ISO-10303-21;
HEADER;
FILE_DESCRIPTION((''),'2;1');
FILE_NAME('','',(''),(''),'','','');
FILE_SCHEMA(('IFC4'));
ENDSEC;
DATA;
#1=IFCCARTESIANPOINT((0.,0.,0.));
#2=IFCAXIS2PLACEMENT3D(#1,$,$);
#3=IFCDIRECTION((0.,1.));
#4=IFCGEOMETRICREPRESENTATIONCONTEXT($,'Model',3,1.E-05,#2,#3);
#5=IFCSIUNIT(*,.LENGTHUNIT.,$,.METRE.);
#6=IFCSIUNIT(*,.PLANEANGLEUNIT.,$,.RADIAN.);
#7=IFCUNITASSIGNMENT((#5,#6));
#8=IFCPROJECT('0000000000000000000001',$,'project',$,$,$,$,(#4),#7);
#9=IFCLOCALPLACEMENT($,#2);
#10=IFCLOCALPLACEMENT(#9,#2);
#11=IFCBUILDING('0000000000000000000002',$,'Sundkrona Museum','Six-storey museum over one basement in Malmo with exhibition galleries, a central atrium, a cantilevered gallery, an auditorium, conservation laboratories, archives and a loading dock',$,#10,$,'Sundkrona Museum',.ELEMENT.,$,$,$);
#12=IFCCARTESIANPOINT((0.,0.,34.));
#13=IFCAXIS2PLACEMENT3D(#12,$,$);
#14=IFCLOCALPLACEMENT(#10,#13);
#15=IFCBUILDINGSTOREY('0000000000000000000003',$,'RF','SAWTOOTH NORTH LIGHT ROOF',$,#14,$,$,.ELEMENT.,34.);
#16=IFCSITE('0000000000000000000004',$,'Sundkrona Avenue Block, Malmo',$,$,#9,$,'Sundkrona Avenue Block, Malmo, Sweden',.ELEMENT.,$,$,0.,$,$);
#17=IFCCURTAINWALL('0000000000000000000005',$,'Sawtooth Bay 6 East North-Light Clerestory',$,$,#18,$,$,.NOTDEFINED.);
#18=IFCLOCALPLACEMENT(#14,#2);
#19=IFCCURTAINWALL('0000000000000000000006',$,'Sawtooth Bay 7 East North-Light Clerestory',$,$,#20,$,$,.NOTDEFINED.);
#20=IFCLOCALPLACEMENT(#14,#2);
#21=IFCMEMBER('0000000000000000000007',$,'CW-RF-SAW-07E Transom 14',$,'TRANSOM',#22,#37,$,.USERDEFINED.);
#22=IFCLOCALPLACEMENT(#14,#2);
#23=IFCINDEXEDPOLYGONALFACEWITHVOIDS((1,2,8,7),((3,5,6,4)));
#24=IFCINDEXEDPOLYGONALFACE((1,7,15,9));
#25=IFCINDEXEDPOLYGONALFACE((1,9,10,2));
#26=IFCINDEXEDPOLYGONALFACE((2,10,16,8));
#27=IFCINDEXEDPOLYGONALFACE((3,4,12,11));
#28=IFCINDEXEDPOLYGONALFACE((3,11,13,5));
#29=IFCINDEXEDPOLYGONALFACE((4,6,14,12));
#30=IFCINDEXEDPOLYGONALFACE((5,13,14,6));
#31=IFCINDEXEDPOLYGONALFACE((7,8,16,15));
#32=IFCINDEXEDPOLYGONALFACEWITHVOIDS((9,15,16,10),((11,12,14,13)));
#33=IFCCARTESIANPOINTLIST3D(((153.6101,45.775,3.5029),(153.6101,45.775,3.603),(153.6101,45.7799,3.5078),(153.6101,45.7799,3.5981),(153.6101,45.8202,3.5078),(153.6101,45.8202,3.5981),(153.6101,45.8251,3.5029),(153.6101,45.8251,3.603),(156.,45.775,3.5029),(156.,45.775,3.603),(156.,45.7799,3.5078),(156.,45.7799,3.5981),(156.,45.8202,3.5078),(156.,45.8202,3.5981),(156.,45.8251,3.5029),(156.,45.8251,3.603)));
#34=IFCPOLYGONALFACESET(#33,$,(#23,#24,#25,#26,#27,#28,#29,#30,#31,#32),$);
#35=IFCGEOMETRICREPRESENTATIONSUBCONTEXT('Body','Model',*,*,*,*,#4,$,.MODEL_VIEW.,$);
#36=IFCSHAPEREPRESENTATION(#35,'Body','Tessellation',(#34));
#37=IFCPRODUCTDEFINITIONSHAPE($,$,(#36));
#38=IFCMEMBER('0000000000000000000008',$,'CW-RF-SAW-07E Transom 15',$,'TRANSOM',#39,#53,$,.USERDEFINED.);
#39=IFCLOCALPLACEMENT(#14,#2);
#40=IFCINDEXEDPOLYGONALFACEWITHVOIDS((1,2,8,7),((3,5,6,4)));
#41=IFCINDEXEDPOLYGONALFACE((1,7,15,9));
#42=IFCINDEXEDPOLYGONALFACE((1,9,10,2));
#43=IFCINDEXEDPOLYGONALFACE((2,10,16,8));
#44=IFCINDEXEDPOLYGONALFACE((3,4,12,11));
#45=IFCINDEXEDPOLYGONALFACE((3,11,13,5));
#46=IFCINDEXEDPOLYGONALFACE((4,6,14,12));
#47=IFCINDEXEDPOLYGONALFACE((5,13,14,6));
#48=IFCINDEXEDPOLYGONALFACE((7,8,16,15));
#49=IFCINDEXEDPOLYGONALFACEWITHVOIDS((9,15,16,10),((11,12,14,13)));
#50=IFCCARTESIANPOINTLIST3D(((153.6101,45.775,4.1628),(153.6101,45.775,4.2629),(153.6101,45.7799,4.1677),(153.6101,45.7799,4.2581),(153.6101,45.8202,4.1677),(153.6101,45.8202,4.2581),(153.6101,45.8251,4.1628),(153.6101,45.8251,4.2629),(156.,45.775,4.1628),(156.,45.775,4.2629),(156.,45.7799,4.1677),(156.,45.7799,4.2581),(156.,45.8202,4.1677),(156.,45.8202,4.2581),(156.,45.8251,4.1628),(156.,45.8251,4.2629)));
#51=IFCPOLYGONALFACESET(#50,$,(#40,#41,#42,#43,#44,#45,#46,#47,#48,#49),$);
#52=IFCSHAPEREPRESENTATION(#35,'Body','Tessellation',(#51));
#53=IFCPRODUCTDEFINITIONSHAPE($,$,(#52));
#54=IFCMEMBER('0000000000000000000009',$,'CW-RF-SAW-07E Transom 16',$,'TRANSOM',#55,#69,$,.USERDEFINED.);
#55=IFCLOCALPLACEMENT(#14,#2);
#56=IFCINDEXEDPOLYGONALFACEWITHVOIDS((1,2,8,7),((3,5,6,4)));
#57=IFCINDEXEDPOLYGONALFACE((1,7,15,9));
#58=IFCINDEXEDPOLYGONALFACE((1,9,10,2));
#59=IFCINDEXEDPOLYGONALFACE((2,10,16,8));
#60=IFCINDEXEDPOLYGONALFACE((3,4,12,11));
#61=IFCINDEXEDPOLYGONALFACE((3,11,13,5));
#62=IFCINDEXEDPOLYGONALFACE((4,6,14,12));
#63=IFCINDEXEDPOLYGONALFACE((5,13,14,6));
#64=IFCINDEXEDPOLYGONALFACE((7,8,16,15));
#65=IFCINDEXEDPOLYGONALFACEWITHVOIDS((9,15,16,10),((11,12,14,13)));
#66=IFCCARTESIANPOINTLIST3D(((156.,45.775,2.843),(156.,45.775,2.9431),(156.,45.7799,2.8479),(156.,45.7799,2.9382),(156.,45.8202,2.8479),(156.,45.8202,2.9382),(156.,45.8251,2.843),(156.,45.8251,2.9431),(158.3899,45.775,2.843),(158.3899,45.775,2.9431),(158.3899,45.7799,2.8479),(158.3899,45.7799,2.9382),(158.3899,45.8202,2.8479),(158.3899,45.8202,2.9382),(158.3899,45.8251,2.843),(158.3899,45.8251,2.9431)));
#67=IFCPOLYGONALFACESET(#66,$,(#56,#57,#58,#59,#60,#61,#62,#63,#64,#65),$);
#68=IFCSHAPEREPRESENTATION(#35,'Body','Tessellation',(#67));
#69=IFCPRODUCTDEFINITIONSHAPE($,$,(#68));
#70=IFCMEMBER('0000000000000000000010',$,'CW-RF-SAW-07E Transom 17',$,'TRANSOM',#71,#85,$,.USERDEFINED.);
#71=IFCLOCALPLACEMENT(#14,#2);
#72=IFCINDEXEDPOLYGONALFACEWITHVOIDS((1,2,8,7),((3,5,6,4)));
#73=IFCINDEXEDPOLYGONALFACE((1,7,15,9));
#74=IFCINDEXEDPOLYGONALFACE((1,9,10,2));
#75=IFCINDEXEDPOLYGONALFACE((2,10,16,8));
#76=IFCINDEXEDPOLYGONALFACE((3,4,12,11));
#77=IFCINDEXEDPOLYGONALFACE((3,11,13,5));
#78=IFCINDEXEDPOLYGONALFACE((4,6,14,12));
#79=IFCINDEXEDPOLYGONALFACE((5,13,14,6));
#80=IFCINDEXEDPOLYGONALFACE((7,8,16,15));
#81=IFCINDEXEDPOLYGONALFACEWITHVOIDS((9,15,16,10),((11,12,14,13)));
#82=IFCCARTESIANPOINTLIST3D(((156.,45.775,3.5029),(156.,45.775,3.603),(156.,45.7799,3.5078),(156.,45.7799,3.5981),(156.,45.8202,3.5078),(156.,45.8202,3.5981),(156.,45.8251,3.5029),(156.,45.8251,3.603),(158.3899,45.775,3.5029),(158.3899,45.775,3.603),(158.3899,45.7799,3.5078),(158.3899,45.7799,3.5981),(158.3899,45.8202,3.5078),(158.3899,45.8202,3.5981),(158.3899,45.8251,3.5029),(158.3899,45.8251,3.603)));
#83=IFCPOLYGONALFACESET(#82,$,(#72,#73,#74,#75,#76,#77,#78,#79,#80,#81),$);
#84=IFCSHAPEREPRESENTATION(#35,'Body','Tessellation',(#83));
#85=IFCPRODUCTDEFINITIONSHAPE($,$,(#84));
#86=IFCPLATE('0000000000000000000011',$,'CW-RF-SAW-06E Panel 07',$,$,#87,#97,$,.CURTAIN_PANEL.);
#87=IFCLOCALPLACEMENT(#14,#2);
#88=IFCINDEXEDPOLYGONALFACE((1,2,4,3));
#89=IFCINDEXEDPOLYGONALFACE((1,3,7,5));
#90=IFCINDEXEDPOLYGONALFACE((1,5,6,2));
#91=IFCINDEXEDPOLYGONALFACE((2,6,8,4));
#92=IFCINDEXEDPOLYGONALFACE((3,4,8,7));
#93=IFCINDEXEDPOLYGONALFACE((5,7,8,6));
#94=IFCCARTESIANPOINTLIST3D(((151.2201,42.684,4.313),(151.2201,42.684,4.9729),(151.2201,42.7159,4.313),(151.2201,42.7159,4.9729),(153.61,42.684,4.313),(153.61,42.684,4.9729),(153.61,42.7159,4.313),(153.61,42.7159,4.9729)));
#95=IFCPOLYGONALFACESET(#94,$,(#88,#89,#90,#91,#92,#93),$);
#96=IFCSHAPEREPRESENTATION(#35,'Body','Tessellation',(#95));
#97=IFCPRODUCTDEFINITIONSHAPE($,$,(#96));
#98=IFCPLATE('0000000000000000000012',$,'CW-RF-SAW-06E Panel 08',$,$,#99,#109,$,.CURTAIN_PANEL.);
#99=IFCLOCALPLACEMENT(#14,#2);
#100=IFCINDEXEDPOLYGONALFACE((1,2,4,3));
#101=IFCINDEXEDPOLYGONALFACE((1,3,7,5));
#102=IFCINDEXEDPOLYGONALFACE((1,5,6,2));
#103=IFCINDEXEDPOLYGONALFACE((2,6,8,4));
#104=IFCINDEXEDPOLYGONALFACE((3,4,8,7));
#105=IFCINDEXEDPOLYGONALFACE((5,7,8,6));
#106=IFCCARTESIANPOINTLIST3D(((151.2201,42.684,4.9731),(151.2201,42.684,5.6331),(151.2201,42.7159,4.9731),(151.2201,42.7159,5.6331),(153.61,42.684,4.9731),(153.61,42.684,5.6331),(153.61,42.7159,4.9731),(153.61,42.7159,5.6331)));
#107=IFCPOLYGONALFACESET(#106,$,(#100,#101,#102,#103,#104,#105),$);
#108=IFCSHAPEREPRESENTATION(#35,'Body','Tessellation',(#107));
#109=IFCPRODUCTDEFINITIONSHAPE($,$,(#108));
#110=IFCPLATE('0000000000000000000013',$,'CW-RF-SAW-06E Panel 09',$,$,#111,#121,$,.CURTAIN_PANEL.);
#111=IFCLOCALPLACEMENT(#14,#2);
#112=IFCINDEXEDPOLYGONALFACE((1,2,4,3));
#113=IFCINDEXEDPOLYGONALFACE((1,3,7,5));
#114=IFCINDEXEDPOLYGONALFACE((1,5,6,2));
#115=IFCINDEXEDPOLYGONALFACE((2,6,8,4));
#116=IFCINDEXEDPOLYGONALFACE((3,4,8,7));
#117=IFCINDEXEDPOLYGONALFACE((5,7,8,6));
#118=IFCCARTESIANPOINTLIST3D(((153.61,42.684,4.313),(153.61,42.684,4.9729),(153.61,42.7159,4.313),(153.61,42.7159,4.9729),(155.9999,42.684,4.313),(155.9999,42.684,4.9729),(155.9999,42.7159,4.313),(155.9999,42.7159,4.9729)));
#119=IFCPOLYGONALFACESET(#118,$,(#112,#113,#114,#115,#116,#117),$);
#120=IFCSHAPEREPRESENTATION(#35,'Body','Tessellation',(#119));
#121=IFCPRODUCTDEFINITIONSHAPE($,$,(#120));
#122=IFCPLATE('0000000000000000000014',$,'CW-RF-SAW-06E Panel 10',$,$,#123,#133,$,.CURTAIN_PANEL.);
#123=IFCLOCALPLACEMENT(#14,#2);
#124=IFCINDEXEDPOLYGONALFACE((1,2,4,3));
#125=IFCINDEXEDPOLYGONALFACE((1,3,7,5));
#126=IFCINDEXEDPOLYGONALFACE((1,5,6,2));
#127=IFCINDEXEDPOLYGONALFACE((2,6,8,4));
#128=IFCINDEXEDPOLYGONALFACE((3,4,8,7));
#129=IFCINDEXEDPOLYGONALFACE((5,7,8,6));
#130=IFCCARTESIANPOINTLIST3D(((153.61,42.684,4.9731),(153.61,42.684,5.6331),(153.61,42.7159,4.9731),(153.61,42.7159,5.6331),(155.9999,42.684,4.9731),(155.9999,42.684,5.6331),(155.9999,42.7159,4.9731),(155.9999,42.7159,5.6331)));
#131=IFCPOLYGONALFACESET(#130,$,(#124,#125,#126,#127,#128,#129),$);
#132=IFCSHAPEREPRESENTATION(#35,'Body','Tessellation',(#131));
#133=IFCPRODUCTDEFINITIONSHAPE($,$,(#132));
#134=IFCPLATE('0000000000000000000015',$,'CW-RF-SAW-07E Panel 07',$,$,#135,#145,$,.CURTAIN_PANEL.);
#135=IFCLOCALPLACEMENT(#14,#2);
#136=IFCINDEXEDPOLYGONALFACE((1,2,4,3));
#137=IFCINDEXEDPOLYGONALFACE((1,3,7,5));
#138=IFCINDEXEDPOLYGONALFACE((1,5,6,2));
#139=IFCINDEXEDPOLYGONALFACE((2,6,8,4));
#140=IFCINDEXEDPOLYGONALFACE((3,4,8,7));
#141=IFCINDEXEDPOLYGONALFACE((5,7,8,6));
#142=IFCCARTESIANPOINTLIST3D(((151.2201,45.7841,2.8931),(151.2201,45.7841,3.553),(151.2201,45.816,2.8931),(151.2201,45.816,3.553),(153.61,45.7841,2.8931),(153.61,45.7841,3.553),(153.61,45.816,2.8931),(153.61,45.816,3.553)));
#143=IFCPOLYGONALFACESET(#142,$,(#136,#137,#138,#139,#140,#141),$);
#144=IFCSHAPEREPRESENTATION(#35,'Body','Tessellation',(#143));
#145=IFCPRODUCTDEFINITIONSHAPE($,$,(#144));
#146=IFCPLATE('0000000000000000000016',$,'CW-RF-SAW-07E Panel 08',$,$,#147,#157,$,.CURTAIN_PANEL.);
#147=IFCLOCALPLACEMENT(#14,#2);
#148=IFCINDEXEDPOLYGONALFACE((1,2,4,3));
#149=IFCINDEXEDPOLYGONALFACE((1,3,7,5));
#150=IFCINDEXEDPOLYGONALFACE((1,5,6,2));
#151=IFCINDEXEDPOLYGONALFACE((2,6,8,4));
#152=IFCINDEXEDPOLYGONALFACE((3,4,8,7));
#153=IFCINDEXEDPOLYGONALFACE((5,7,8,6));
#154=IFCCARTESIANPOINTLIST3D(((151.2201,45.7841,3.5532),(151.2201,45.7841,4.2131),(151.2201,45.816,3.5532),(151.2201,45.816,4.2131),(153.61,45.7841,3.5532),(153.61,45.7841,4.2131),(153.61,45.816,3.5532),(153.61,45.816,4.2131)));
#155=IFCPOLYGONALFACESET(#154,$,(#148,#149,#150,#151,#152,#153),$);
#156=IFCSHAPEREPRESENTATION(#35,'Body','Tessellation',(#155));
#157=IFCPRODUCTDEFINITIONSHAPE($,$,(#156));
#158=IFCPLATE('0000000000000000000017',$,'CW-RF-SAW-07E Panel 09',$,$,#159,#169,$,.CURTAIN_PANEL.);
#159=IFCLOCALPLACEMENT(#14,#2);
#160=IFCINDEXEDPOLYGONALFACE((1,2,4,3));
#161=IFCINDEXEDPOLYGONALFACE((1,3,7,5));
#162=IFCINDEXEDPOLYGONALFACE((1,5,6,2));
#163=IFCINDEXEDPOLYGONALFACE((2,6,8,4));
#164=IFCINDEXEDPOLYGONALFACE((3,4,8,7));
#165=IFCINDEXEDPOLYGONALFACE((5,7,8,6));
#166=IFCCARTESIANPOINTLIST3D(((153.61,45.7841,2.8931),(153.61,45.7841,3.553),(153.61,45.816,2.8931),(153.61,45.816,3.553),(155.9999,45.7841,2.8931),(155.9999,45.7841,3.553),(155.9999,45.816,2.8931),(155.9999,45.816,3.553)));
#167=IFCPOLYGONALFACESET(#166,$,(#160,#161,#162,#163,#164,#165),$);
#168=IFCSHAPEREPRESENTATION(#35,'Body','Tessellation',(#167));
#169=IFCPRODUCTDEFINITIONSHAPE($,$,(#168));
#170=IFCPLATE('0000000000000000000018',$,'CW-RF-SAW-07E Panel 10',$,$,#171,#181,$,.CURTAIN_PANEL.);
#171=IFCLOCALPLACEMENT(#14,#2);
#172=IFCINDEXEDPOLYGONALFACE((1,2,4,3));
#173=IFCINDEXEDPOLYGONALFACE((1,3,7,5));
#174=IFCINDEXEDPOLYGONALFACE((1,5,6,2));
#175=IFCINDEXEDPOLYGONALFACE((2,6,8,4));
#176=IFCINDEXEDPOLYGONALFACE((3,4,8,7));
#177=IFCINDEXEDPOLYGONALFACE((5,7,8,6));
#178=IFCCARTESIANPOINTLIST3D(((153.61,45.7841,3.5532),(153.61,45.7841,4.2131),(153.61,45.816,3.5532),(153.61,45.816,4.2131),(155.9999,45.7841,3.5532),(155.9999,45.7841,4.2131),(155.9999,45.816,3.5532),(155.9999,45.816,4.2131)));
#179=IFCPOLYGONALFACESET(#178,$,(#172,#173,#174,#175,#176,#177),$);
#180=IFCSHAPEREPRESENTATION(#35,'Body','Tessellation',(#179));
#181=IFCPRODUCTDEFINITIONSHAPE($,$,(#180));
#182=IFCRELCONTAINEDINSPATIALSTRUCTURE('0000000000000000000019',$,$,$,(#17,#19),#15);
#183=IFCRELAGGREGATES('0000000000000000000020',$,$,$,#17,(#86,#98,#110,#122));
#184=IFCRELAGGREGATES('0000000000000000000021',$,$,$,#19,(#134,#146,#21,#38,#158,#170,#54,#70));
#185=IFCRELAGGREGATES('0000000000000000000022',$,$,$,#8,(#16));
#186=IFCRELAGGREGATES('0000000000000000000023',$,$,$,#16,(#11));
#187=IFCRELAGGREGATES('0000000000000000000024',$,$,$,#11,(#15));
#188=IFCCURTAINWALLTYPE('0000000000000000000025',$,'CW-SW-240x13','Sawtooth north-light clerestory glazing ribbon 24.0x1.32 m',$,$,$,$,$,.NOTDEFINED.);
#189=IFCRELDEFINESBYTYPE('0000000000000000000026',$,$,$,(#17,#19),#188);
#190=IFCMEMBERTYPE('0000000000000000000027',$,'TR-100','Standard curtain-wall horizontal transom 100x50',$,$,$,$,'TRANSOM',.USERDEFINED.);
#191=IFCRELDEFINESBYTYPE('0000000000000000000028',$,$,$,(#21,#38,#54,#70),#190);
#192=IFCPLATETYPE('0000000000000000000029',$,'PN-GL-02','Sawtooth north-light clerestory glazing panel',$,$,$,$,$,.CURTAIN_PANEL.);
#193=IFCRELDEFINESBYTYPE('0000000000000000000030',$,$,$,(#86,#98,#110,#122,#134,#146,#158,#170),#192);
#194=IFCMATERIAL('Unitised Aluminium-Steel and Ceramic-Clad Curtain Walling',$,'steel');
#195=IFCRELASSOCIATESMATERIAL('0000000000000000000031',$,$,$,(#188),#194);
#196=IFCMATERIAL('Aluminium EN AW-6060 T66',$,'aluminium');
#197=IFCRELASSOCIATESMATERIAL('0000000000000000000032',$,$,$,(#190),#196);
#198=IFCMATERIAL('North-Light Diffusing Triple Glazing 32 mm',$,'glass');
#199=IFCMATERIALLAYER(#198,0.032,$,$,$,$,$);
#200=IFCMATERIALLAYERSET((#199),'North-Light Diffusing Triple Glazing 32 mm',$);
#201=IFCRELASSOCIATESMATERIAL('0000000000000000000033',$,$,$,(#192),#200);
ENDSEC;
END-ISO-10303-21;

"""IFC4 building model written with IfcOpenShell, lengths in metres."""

from ifc_helpers import new_model, si_unit, direction, frame, origin, origin_2d, place, context, subcontext, project, spatial, rectangle, hollow_rectangle, extrude, material, layer, layer_set, material_profile, profile_set, type_object, element, aggregate, save


model = new_model("IFC4")

# Units and contexts
model_context = context("Model", 3, precision=1e-05, world=origin(), true_north=direction((0.0, 1.0)))
body_context = subcontext(model_context, "Body", "Model", "MODEL_VIEW")
ifc_project = project(units=[si_unit("LENGTHUNIT", "METRE"), si_unit("PLANEANGLEUNIT", "RADIAN")], contexts=[model_context])

# Site, building, storey
site_placement = place(None, origin())
site = spatial("IfcSite", under=ifc_project, at=site_placement, Name="Sundkrona Avenue Block, Malmo", LongName="Sundkrona Avenue Block, Malmo, Sweden", CompositionType="ELEMENT", RefElevation=0.0)
building_placement = place(site_placement, origin())
building = spatial("IfcBuilding", under=site, at=building_placement, Name="Sundkrona Museum", Description="Six-storey museum over one basement in Malmo with exhibition galleries, a central atrium, a cantilevered gallery, an auditorium, conservation laboratories, archives and a loading dock", LongName="Sundkrona Museum", CompositionType="ELEMENT")
storey_placement = place(building_placement, frame((0.0, 0.0, 34.0)))
storey = spatial("IfcBuildingStorey", under=building, at=storey_placement, Name="RF", Description="SAWTOOTH NORTH LIGHT ROOF", CompositionType="ELEMENT", Elevation=34.0)

# Curtain walls
ifc_material_1 = material(Name="Unitised Aluminium-Steel and Ceramic-Clad Curtain Walling", Category="steel")
curtain_wall_type = type_object("IfcCurtainWallType", Name="CW-SW-240x13", Description="Sawtooth north-light clerestory glazing ribbon 24.0x1.32 m", PredefinedType="NOTDEFINED", material=ifc_material_1)
curtain_wall_1_placement = place(storey_placement, origin())
curtain_wall_1 = element("IfcCurtainWall", 1, at=curtain_wall_1_placement, inside=storey, type_object=curtain_wall_type, Name="Sawtooth Bay 6 East North-Light Clerestory", PredefinedType="NOTDEFINED")
ifc_material_2 = material(Name="Aluminium EN AW-6060 T66", Category="aluminium")
curtain_wall_2_placement = place(storey_placement, origin())
curtain_wall_2 = element("IfcCurtainWall", 2, at=curtain_wall_2_placement, inside=storey, type_object=curtain_wall_type, Name="Sawtooth Bay 7 East North-Light Clerestory", PredefinedType="NOTDEFINED")

# Members
ifc_material_profile_1 = material_profile(ifc_material_2, hollow_rectangle(XDim=0.05, YDim=0.1001, WallThickness=0.0049, at=origin_2d()), Name="RHS 100x50x5.0")
ifc_profile_set_1 = profile_set([ifc_material_profile_1], Name="Aluminium EN AW-6060 T66")
member_type_1 = type_object("IfcMemberType", Name="TR-100", Description="Standard curtain-wall horizontal transom 100x50", ElementType="TRANSOM", PredefinedType="USERDEFINED", material=ifc_profile_set_1)
member_1_placement = place(storey_placement, frame((153.6101, 45.8, 3.553), z_axis=(1.0, 0.0, 0.0), x_axis=(0.0, 1.0, 0.0)))
member_1 = element("IfcMember", 3, at=member_1_placement, type_object=member_type_1, Name="CW-RF-SAW-07E Transom 14", ObjectType="TRANSOM", PredefinedType="USERDEFINED", context=body_context, shape_type="SweptSolid", body=[
    extrude(hollow_rectangle(XDim=0.05, YDim=0.1001, WallThickness=0.0049, at=origin_2d()), origin(), (0.0, 0.0, 1.0), 2.3899),
])
member_2_placement = place(storey_placement, frame((153.6101, 45.8, 4.2129), z_axis=(1.0, 0.0, 0.0), x_axis=(0.0, 1.0, 0.0)))
member_2 = element("IfcMember", 4, at=member_2_placement, type_object=member_type_1, Name="CW-RF-SAW-07E Transom 15", ObjectType="TRANSOM", PredefinedType="USERDEFINED", context=body_context, shape_type="SweptSolid", body=[
    extrude(hollow_rectangle(XDim=0.05, YDim=0.1001, WallThickness=0.0049, at=origin_2d()), origin(), (0.0, 0.0, 1.0), 2.3899),
])
member_3_placement = place(storey_placement, frame((156.0, 45.8, 2.8931), z_axis=(1.0, 0.0, 0.0), x_axis=(0.0, 1.0, 0.0)))
member_3 = element("IfcMember", 5, at=member_3_placement, type_object=member_type_1, Name="CW-RF-SAW-07E Transom 16", ObjectType="TRANSOM", PredefinedType="USERDEFINED", context=body_context, shape_type="SweptSolid", body=[
    extrude(hollow_rectangle(XDim=0.05, YDim=0.1001, WallThickness=0.0049, at=origin_2d()), origin(), (0.0, 0.0, 1.0), 2.3899),
])
member_4_placement = place(storey_placement, frame((156.0, 45.8, 3.553), z_axis=(1.0, 0.0, 0.0), x_axis=(0.0, 1.0, 0.0)))
member_4 = element("IfcMember", 6, at=member_4_placement, type_object=member_type_1, Name="CW-RF-SAW-07E Transom 17", ObjectType="TRANSOM", PredefinedType="USERDEFINED", context=body_context, shape_type="SweptSolid", body=[
    extrude(hollow_rectangle(XDim=0.05, YDim=0.1001, WallThickness=0.0049, at=origin_2d()), origin(), (0.0, 0.0, 1.0), 2.3899),
])

# Plates
ifc_material_3 = material(Name="North-Light Diffusing Triple Glazing 32 mm", Category="glass")
ifc_layer = layer(ifc_material_3, 0.032)
ifc_layer_set = layer_set([ifc_layer], Name="North-Light Diffusing Triple Glazing 32 mm")
plate_type = type_object("IfcPlateType", Name="PN-GL-02", Description="Sawtooth north-light clerestory glazing panel", PredefinedType="CURTAIN_PANEL", material=ifc_layer_set)
plate_1_placement = place(storey_placement, frame((152.415, 42.7, 4.313), z_axis=(0.0, 0.0, 1.0), x_axis=(1.0, 0.0, 0.0)))
plate_1 = element("IfcPlate", 7, at=plate_1_placement, type_object=plate_type, Name="CW-RF-SAW-06E Panel 07", PredefinedType="CURTAIN_PANEL", context=body_context, shape_type="SweptSolid", body=[
    extrude(rectangle(XDim=2.3899, YDim=0.032, at=origin_2d()), origin(), (0.0, 0.0, 1.0), 0.6599),
])
plate_2_placement = place(storey_placement, frame((152.415, 42.7, 4.9731), z_axis=(0.0, 0.0, 1.0), x_axis=(1.0, 0.0, 0.0)))
plate_2 = element("IfcPlate", 8, at=plate_2_placement, type_object=plate_type, Name="CW-RF-SAW-06E Panel 08", PredefinedType="CURTAIN_PANEL", context=body_context, shape_type="SweptSolid", body=[
    extrude(rectangle(XDim=2.3899, YDim=0.032, at=origin_2d()), origin(), (0.0, 0.0, 1.0), 0.6599),
])
plate_3_placement = place(storey_placement, frame((154.8049, 42.7, 4.313), z_axis=(0.0, 0.0, 1.0), x_axis=(1.0, 0.0, 0.0)))
plate_3 = element("IfcPlate", 9, at=plate_3_placement, type_object=plate_type, Name="CW-RF-SAW-06E Panel 09", PredefinedType="CURTAIN_PANEL", context=body_context, shape_type="SweptSolid", body=[
    extrude(rectangle(XDim=2.3899, YDim=0.032, at=origin_2d()), origin(), (0.0, 0.0, 1.0), 0.6599),
])
plate_4_placement = place(storey_placement, frame((154.8049, 42.7, 4.9731), z_axis=(0.0, 0.0, 1.0), x_axis=(1.0, 0.0, 0.0)))
plate_4 = element("IfcPlate", 10, at=plate_4_placement, type_object=plate_type, Name="CW-RF-SAW-06E Panel 10", PredefinedType="CURTAIN_PANEL", context=body_context, shape_type="SweptSolid", body=[
    extrude(rectangle(XDim=2.3899, YDim=0.032, at=origin_2d()), origin(), (0.0, 0.0, 1.0), 0.6599),
])
aggregate(curtain_wall_1, [plate_1, plate_2, plate_3, plate_4])
plate_5_placement = place(storey_placement, frame((152.415, 45.8, 2.8931), z_axis=(0.0, 0.0, 1.0), x_axis=(1.0, 0.0, 0.0)))
plate_5 = element("IfcPlate", 11, at=plate_5_placement, type_object=plate_type, Name="CW-RF-SAW-07E Panel 07", PredefinedType="CURTAIN_PANEL", context=body_context, shape_type="SweptSolid", body=[
    extrude(rectangle(XDim=2.3899, YDim=0.032, at=origin_2d()), origin(), (0.0, 0.0, 1.0), 0.6599),
])
plate_6_placement = place(storey_placement, frame((152.415, 45.8, 3.5532), z_axis=(0.0, 0.0, 1.0), x_axis=(1.0, 0.0, 0.0)))
plate_6 = element("IfcPlate", 12, at=plate_6_placement, type_object=plate_type, Name="CW-RF-SAW-07E Panel 08", PredefinedType="CURTAIN_PANEL", context=body_context, shape_type="SweptSolid", body=[
    extrude(rectangle(XDim=2.3899, YDim=0.032, at=origin_2d()), origin(), (0.0, 0.0, 1.0), 0.6599),
])
plate_7_placement = place(storey_placement, frame((154.8049, 45.8, 2.8931), z_axis=(0.0, 0.0, 1.0), x_axis=(1.0, 0.0, 0.0)))
plate_7 = element("IfcPlate", 13, at=plate_7_placement, type_object=plate_type, Name="CW-RF-SAW-07E Panel 09", PredefinedType="CURTAIN_PANEL", context=body_context, shape_type="SweptSolid", body=[
    extrude(rectangle(XDim=2.3899, YDim=0.032, at=origin_2d()), origin(), (0.0, 0.0, 1.0), 0.6599),
])
plate_8_placement = place(storey_placement, frame((154.8049, 45.8, 3.5532), z_axis=(0.0, 0.0, 1.0), x_axis=(1.0, 0.0, 0.0)))
plate_8 = element("IfcPlate", 14, at=plate_8_placement, type_object=plate_type, Name="CW-RF-SAW-07E Panel 10", PredefinedType="CURTAIN_PANEL", context=body_context, shape_type="SweptSolid", body=[
    extrude(rectangle(XDim=2.3899, YDim=0.032, at=origin_2d()), origin(), (0.0, 0.0, 1.0), 0.6599),
])
aggregate(curtain_wall_2, [plate_5, plate_6, member_1, member_2, plate_7, plate_8, member_3, member_4])

save(model, "model.ifc")
